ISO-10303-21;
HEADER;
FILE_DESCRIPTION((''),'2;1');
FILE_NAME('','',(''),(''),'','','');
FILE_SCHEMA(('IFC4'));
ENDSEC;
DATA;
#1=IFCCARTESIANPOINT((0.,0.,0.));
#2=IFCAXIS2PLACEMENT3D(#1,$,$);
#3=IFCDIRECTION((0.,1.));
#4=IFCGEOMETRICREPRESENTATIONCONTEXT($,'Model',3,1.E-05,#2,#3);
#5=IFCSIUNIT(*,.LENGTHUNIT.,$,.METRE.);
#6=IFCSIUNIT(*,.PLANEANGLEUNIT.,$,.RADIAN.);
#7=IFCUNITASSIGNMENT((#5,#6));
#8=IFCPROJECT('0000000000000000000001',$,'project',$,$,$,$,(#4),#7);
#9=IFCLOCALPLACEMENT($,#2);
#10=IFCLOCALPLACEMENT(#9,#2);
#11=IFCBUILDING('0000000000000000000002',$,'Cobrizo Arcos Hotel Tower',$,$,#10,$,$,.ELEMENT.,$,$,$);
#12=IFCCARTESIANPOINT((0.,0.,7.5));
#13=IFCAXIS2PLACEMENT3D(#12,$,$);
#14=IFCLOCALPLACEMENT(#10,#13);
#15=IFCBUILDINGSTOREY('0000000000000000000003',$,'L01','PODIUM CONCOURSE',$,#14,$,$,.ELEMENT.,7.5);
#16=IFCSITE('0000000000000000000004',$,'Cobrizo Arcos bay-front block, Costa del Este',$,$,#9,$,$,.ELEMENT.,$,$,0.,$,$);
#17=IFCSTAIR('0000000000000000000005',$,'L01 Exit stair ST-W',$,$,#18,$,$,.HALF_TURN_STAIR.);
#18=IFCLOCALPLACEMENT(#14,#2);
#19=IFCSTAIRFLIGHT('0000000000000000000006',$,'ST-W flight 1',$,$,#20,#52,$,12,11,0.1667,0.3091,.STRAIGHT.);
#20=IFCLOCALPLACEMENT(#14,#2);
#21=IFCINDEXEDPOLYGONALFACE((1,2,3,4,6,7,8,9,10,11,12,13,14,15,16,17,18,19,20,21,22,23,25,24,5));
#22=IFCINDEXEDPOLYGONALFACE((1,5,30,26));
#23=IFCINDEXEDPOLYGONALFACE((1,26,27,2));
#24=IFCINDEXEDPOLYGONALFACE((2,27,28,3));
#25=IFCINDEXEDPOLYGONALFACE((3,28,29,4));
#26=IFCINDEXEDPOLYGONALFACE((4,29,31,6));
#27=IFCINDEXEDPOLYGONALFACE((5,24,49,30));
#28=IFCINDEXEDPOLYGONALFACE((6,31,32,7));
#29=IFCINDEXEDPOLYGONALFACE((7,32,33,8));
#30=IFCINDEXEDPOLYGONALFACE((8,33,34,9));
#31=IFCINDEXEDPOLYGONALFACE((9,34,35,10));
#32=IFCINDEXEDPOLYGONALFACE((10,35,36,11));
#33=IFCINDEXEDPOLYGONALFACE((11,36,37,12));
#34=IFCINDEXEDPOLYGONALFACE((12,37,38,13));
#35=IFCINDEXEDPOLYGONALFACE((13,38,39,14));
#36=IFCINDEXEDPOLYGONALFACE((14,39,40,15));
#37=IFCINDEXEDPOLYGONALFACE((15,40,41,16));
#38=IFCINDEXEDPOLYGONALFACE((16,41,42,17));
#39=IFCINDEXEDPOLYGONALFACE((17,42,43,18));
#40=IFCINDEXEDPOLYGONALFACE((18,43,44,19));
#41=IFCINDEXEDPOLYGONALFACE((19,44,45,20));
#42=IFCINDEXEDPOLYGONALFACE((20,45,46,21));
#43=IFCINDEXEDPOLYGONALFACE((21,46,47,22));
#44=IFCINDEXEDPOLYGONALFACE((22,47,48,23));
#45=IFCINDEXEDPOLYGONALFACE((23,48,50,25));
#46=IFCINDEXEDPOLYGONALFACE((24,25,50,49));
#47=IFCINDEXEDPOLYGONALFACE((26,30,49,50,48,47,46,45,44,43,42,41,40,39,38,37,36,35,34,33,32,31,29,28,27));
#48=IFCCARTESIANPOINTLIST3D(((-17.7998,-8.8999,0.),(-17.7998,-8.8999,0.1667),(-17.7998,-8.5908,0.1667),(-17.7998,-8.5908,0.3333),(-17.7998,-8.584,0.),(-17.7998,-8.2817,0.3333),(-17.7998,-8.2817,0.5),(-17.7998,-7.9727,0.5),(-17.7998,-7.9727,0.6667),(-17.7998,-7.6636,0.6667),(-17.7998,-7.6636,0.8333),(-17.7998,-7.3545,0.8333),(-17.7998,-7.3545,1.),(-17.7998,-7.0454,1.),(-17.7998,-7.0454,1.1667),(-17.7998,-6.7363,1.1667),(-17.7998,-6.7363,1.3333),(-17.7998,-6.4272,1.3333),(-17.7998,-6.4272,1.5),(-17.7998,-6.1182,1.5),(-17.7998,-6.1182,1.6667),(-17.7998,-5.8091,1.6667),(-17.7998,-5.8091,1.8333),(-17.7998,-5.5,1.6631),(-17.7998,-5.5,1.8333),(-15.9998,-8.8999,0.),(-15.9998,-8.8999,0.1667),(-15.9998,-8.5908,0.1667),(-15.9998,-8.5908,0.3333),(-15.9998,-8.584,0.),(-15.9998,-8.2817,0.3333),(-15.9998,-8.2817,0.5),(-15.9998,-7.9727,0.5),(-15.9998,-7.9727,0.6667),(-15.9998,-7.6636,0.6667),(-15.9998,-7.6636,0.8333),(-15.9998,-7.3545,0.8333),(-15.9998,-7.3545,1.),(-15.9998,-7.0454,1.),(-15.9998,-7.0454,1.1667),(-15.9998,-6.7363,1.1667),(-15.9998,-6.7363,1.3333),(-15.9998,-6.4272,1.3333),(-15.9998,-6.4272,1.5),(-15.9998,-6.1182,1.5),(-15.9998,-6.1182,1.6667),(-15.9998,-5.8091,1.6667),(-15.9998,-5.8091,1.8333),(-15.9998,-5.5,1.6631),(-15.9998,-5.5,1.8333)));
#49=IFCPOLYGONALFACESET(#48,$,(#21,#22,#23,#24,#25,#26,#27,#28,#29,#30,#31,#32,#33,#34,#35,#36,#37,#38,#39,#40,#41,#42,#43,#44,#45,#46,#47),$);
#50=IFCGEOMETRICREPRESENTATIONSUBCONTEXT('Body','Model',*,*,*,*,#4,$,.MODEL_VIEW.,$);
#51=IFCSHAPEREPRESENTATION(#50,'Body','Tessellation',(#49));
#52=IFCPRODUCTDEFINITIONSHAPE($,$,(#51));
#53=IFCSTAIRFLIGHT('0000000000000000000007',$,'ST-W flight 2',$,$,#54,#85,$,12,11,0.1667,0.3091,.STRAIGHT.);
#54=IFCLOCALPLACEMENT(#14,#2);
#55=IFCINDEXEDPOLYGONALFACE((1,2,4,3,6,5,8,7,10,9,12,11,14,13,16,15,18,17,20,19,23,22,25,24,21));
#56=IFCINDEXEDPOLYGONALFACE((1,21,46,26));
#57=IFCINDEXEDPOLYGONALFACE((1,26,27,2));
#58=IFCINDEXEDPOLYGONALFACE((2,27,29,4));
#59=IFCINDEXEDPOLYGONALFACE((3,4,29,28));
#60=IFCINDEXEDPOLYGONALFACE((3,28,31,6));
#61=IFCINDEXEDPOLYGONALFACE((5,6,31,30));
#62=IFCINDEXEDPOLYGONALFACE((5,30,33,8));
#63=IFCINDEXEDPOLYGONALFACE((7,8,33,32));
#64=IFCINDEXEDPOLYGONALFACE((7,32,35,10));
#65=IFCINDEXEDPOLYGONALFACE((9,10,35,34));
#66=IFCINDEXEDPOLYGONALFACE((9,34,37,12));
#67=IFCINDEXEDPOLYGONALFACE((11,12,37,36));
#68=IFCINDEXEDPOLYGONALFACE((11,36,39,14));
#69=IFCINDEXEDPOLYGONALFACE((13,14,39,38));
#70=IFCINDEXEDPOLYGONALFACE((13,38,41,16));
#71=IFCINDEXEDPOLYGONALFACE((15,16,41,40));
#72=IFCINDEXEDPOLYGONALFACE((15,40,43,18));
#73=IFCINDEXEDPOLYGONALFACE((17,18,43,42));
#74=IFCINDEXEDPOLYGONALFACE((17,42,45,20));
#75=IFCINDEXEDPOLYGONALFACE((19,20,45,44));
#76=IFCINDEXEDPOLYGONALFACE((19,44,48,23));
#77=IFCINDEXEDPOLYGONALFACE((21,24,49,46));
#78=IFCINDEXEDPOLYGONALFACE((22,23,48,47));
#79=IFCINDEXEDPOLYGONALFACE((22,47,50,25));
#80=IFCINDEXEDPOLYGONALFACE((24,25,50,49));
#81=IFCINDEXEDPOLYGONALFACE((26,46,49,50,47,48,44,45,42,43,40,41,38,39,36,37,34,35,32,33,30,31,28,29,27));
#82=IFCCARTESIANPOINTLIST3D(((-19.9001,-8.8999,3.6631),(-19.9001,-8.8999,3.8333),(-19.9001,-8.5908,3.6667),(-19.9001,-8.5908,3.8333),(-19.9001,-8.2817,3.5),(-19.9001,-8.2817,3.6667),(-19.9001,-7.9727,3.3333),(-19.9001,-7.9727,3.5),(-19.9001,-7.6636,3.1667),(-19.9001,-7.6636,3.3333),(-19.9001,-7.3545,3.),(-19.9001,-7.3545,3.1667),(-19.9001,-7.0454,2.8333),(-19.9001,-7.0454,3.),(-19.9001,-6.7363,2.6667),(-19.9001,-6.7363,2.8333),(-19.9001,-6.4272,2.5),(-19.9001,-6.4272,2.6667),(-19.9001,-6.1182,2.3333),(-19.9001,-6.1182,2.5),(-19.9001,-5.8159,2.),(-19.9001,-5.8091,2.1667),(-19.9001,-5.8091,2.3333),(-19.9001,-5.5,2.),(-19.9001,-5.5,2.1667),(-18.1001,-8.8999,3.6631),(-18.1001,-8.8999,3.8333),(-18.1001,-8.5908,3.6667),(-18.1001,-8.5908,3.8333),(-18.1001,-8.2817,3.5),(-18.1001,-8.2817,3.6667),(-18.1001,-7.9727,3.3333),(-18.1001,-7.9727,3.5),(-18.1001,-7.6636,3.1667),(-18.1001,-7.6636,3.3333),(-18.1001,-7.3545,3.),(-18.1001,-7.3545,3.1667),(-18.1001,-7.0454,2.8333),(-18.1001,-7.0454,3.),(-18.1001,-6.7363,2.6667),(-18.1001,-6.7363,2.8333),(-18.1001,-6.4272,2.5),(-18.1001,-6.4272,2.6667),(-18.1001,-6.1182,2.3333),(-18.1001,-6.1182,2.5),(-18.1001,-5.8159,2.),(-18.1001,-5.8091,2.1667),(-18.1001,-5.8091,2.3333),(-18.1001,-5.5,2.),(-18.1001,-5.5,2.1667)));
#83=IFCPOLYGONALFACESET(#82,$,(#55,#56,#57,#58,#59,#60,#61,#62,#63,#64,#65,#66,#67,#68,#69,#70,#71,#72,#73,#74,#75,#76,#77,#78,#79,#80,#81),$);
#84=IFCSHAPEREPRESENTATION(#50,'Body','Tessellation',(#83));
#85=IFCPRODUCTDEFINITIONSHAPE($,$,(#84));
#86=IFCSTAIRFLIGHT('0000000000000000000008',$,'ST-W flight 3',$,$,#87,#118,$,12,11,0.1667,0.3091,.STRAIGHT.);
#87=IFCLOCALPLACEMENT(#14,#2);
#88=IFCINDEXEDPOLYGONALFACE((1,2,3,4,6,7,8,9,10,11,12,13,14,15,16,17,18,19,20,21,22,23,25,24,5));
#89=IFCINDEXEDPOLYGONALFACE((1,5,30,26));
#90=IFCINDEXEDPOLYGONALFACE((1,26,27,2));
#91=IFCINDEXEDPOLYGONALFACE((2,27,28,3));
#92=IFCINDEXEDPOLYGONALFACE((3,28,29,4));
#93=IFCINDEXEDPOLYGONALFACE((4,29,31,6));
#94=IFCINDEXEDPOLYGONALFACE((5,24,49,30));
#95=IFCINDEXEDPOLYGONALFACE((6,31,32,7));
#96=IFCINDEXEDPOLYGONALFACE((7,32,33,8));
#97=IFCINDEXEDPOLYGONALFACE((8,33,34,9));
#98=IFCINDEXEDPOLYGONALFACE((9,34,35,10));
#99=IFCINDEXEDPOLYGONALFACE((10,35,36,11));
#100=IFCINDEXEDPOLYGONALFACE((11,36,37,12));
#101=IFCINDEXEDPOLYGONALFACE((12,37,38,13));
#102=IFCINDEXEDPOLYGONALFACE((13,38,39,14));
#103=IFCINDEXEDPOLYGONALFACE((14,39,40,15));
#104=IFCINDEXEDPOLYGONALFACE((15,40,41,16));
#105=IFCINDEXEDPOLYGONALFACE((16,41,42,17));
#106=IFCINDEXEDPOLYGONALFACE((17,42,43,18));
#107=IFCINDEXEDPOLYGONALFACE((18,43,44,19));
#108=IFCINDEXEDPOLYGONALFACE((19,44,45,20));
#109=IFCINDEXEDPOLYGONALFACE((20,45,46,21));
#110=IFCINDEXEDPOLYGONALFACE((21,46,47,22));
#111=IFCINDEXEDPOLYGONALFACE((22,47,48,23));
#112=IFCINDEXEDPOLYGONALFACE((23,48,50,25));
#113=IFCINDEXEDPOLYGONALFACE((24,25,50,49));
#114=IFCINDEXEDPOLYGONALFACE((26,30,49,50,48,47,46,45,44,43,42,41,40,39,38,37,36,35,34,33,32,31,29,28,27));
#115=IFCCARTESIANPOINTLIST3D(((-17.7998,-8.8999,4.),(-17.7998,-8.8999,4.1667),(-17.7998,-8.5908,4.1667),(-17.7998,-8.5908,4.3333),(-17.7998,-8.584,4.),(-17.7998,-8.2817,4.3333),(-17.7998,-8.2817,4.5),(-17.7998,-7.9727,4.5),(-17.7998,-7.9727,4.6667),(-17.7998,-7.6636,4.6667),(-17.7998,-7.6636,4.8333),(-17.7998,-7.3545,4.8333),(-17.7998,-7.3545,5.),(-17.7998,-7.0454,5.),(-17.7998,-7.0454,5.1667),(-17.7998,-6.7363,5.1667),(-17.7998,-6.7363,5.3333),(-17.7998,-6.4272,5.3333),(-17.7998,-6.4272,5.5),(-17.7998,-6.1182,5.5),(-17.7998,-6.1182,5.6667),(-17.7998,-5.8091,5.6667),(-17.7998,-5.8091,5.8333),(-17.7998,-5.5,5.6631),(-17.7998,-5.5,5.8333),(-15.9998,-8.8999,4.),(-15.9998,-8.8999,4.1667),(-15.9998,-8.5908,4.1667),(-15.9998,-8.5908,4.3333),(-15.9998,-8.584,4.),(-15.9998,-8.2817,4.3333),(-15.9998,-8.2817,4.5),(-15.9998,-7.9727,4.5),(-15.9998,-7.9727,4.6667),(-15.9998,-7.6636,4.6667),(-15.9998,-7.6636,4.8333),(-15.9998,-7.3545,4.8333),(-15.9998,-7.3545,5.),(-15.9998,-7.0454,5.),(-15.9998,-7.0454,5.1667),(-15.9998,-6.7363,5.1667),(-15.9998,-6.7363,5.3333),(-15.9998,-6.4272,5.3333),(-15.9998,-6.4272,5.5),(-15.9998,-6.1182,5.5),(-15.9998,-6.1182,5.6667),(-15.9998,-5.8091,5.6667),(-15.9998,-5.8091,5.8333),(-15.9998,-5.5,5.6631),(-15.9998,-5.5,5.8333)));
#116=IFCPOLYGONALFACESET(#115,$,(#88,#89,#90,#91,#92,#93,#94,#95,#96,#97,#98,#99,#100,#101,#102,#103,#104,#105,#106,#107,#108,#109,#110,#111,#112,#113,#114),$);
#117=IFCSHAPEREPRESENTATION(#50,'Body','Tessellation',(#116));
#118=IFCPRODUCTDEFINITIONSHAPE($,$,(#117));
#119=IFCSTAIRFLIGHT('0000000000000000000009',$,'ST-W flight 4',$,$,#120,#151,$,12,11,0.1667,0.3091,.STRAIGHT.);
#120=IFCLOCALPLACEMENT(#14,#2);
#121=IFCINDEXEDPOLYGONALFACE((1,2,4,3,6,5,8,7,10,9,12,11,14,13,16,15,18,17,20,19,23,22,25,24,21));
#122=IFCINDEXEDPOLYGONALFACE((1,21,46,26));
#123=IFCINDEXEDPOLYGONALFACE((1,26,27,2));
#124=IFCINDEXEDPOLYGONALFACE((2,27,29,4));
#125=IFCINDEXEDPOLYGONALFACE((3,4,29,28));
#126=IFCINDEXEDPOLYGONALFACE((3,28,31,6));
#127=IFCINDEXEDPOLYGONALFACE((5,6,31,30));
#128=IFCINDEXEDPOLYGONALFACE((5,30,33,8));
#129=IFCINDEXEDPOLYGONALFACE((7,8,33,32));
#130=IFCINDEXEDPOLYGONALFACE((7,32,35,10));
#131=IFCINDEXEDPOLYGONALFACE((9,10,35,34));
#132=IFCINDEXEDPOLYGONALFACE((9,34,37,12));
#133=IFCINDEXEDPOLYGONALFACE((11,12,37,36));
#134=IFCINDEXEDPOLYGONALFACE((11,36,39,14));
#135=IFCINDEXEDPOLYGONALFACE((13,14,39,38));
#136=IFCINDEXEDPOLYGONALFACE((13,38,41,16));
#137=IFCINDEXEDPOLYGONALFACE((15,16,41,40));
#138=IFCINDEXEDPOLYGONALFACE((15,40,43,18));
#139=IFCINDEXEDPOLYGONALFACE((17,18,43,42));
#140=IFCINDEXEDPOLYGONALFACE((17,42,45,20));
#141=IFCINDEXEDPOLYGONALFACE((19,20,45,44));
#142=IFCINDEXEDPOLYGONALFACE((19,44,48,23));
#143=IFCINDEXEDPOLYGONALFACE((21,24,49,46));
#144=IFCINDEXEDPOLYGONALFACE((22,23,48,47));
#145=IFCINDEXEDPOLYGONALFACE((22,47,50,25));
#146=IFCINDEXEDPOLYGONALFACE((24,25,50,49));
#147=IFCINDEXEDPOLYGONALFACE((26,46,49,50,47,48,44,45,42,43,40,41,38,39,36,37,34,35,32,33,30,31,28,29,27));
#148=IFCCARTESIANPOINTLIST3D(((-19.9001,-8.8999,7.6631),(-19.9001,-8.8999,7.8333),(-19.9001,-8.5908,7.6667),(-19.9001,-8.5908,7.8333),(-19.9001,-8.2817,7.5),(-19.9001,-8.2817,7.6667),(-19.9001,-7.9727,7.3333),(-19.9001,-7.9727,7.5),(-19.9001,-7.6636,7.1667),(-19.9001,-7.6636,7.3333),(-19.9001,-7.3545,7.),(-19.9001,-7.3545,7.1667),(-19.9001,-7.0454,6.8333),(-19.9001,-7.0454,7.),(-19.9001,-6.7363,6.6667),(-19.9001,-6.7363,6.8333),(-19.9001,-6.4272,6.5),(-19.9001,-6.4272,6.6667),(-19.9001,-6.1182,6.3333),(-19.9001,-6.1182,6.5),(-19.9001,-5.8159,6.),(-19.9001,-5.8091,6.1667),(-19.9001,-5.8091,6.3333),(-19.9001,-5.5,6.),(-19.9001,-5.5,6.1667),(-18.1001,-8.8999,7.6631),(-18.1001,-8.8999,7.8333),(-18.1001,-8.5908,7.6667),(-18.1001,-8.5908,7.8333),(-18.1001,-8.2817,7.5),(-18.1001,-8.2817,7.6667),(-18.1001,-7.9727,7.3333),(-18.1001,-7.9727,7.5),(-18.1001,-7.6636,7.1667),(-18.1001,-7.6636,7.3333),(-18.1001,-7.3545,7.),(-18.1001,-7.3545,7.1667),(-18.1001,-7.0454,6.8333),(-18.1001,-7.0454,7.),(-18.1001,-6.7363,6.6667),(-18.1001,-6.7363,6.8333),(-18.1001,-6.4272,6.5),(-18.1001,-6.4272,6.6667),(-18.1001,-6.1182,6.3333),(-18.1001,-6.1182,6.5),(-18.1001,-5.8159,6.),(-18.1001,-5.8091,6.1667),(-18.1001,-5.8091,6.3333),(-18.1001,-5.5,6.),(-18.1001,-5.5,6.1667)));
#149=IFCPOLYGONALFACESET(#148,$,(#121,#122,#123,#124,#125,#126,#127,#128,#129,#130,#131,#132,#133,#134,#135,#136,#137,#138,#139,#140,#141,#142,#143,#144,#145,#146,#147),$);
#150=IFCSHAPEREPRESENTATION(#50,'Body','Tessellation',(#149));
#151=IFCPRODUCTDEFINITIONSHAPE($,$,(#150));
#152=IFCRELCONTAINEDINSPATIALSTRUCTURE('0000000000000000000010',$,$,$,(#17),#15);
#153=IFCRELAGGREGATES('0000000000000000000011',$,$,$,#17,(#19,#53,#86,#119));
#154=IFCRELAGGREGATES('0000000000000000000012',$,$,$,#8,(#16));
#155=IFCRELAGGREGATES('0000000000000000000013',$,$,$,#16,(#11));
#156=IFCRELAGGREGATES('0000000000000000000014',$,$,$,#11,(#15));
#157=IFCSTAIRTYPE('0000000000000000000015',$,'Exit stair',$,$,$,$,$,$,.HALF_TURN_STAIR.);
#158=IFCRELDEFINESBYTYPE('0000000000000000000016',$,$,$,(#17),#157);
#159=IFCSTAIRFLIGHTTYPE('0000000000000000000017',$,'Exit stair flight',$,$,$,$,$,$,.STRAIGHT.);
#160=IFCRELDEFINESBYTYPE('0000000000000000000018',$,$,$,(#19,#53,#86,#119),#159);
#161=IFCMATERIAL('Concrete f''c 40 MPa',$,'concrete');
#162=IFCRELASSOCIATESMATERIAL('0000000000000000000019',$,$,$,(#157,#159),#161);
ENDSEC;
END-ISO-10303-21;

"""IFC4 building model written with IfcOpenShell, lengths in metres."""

from ifc_helpers import new_model, si_unit, direction, frame, origin, place, context, subcontext, project, spatial, polyline, outline, extrude, material, type_object, element, aggregate, save


model = new_model("IFC4")

# Units and contexts
model_context = context("Model", 3, precision=1e-05, world=origin(), true_north=direction((0.0, 1.0)))
body_context = subcontext(model_context, "Body", "Model", "MODEL_VIEW")
ifc_project = project(units=[si_unit("LENGTHUNIT", "METRE"), si_unit("PLANEANGLEUNIT", "RADIAN")], contexts=[model_context])

# Site, building, storey
site_placement = place(None, origin())
site = spatial("IfcSite", under=ifc_project, at=site_placement, Name="Cobrizo Arcos bay-front block, Costa del Este", CompositionType="ELEMENT", RefElevation=0.0)
building_placement = place(site_placement, origin())
building = spatial("IfcBuilding", under=site, at=building_placement, Name="Cobrizo Arcos Hotel Tower", CompositionType="ELEMENT")
storey_placement = place(building_placement, frame((0.0, 0.0, 7.5)))
storey = spatial("IfcBuildingStorey", under=building, at=storey_placement, Name="L01", Description="PODIUM CONCOURSE", CompositionType="ELEMENT", Elevation=7.5)

# Stair, stair flights
ifc_material_1 = material(Name="Concrete f'c 40 MPa", Category="concrete")
stair_type = type_object("IfcStairType", Name="Exit stair", PredefinedType="HALF_TURN_STAIR", material=ifc_material_1)
stair_placement = place(storey_placement, origin())
stair = element("IfcStair", 1, at=stair_placement, inside=storey, type_object=stair_type, Name="L01 Exit stair ST-W", PredefinedType="HALF_TURN_STAIR")
stair_flight_type = type_object("IfcStairFlightType", Name="Exit stair flight", PredefinedType="STRAIGHT", material=ifc_material_1)
stair_flight_1_placement = place(storey_placement, frame((-16.8999, -8.8999, 0.0), z_axis=(0.0, 0.0, 1.0), x_axis=(0.0, 1.0, 0.0)))
stair_flight_1 = element("IfcStairFlight", 2, at=stair_flight_1_placement, type_object=stair_flight_type, Name="ST-W flight 1", NumberOfRisers=12, NumberOfTreads=11, PredefinedType="STRAIGHT", RiserHeight=0.1667, TreadLength=0.3091, context=body_context, shape_type="SweptSolid", body=[
    extrude(outline(polyline([(0.0, 0.0), (0.0, 0.1667), (0.3091, 0.1667), (0.3091, 0.3333), (0.6182, 0.3333), (0.6182, 0.5), (0.9272, 0.5), (0.9272, 0.6667), (1.2363, 0.6667), (1.2363, 0.8333), (1.5454, 0.8333), (1.5454, 1.0), (1.8545, 1.0), (1.8545, 1.1667), (2.1636, 1.1667), (2.1636, 1.3333), (2.4727, 1.3333), (2.4727, 1.5), (2.7817, 1.5), (2.7817, 1.6667), (3.0908, 1.6667), (3.0908, 1.8333), (3.3999, 1.8333), (3.3999, 2.0), (3.3999, 1.6631), (0.3159, 0.0), (0.0, 0.0)])), frame((0.0, 0.8999, 0.0), z_axis=(0.0, -1.0, 0.0), x_axis=(1.0, 0.0, 0.0)), (0.0, 0.0, 1.0), 1.8),
])
stair_flight_2_placement = place(storey_placement, frame((-19.0, -5.5, 2.0), z_axis=(0.0, 0.0, 1.0), x_axis=(0.0, -1.0, 0.0)))
stair_flight_2 = element("IfcStairFlight", 3, at=stair_flight_2_placement, type_object=stair_flight_type, Name="ST-W flight 2", NumberOfRisers=12, NumberOfTreads=11, PredefinedType="STRAIGHT", RiserHeight=0.1667, TreadLength=0.3091, context=body_context, shape_type="SweptSolid", body=[
    extrude(outline(polyline([(0.0, 0.0), (0.0, 0.1667), (0.3091, 0.1667), (0.3091, 0.3333), (0.6182, 0.3333), (0.6182, 0.5), (0.9272, 0.5), (0.9272, 0.6667), (1.2363, 0.6667), (1.2363, 0.8333), (1.5454, 0.8333), (1.5454, 1.0), (1.8545, 1.0), (1.8545, 1.1667), (2.1636, 1.1667), (2.1636, 1.3333), (2.4727, 1.3333), (2.4727, 1.5), (2.7817, 1.5), (2.7817, 1.6667), (3.0908, 1.6667), (3.0908, 1.8333), (3.3999, 1.8333), (3.3999, 2.0), (3.3999, 1.6631), (0.3159, 0.0), (0.0, 0.0)])), frame((0.0, 0.8999, 0.0), z_axis=(0.0, -1.0, 0.0), x_axis=(1.0, 0.0, 0.0)), (0.0, 0.0, 1.0), 1.8),
])
stair_flight_3_placement = place(storey_placement, frame((-16.8999, -8.8999, 4.0), z_axis=(0.0, 0.0, 1.0), x_axis=(0.0, 1.0, 0.0)))
stair_flight_3 = element("IfcStairFlight", 4, at=stair_flight_3_placement, type_object=stair_flight_type, Name="ST-W flight 3", NumberOfRisers=12, NumberOfTreads=11, PredefinedType="STRAIGHT", RiserHeight=0.1667, TreadLength=0.3091, context=body_context, shape_type="SweptSolid", body=[
    extrude(outline(polyline([(0.0, 0.0), (0.0, 0.1667), (0.3091, 0.1667), (0.3091, 0.3333), (0.6182, 0.3333), (0.6182, 0.5), (0.9272, 0.5), (0.9272, 0.6667), (1.2363, 0.6667), (1.2363, 0.8333), (1.5454, 0.8333), (1.5454, 1.0), (1.8545, 1.0), (1.8545, 1.1667), (2.1636, 1.1667), (2.1636, 1.3333), (2.4727, 1.3333), (2.4727, 1.5), (2.7817, 1.5), (2.7817, 1.6667), (3.0908, 1.6667), (3.0908, 1.8333), (3.3999, 1.8333), (3.3999, 2.0), (3.3999, 1.6631), (0.3159, 0.0), (0.0, 0.0)])), frame((0.0, 0.8999, 0.0), z_axis=(0.0, -1.0, 0.0), x_axis=(1.0, 0.0, 0.0)), (0.0, 0.0, 1.0), 1.8),
])
stair_flight_4_placement = place(storey_placement, frame((-19.0, -5.5, 6.0), z_axis=(0.0, 0.0, 1.0), x_axis=(0.0, -1.0, 0.0)))
stair_flight_4 = element("IfcStairFlight", 5, at=stair_flight_4_placement, type_object=stair_flight_type, Name="ST-W flight 4", NumberOfRisers=12, NumberOfTreads=11, PredefinedType="STRAIGHT", RiserHeight=0.1667, TreadLength=0.3091, context=body_context, shape_type="SweptSolid", body=[
    extrude(outline(polyline([(0.0, 0.0), (0.0, 0.1667), (0.3091, 0.1667), (0.3091, 0.3333), (0.6182, 0.3333), (0.6182, 0.5), (0.9272, 0.5), (0.9272, 0.6667), (1.2363, 0.6667), (1.2363, 0.8333), (1.5454, 0.8333), (1.5454, 1.0), (1.8545, 1.0), (1.8545, 1.1667), (2.1636, 1.1667), (2.1636, 1.3333), (2.4727, 1.3333), (2.4727, 1.5), (2.7817, 1.5), (2.7817, 1.6667), (3.0908, 1.6667), (3.0908, 1.8333), (3.3999, 1.8333), (3.3999, 2.0), (3.3999, 1.6631), (0.3159, 0.0), (0.0, 0.0)])), frame((0.0, 0.8999, 0.0), z_axis=(0.0, -1.0, 0.0), x_axis=(1.0, 0.0, 0.0)), (0.0, 0.0, 1.0), 1.8),
])
aggregate(stair, [stair_flight_1, stair_flight_2, stair_flight_3, stair_flight_4])

save(model, "model.ifc")
